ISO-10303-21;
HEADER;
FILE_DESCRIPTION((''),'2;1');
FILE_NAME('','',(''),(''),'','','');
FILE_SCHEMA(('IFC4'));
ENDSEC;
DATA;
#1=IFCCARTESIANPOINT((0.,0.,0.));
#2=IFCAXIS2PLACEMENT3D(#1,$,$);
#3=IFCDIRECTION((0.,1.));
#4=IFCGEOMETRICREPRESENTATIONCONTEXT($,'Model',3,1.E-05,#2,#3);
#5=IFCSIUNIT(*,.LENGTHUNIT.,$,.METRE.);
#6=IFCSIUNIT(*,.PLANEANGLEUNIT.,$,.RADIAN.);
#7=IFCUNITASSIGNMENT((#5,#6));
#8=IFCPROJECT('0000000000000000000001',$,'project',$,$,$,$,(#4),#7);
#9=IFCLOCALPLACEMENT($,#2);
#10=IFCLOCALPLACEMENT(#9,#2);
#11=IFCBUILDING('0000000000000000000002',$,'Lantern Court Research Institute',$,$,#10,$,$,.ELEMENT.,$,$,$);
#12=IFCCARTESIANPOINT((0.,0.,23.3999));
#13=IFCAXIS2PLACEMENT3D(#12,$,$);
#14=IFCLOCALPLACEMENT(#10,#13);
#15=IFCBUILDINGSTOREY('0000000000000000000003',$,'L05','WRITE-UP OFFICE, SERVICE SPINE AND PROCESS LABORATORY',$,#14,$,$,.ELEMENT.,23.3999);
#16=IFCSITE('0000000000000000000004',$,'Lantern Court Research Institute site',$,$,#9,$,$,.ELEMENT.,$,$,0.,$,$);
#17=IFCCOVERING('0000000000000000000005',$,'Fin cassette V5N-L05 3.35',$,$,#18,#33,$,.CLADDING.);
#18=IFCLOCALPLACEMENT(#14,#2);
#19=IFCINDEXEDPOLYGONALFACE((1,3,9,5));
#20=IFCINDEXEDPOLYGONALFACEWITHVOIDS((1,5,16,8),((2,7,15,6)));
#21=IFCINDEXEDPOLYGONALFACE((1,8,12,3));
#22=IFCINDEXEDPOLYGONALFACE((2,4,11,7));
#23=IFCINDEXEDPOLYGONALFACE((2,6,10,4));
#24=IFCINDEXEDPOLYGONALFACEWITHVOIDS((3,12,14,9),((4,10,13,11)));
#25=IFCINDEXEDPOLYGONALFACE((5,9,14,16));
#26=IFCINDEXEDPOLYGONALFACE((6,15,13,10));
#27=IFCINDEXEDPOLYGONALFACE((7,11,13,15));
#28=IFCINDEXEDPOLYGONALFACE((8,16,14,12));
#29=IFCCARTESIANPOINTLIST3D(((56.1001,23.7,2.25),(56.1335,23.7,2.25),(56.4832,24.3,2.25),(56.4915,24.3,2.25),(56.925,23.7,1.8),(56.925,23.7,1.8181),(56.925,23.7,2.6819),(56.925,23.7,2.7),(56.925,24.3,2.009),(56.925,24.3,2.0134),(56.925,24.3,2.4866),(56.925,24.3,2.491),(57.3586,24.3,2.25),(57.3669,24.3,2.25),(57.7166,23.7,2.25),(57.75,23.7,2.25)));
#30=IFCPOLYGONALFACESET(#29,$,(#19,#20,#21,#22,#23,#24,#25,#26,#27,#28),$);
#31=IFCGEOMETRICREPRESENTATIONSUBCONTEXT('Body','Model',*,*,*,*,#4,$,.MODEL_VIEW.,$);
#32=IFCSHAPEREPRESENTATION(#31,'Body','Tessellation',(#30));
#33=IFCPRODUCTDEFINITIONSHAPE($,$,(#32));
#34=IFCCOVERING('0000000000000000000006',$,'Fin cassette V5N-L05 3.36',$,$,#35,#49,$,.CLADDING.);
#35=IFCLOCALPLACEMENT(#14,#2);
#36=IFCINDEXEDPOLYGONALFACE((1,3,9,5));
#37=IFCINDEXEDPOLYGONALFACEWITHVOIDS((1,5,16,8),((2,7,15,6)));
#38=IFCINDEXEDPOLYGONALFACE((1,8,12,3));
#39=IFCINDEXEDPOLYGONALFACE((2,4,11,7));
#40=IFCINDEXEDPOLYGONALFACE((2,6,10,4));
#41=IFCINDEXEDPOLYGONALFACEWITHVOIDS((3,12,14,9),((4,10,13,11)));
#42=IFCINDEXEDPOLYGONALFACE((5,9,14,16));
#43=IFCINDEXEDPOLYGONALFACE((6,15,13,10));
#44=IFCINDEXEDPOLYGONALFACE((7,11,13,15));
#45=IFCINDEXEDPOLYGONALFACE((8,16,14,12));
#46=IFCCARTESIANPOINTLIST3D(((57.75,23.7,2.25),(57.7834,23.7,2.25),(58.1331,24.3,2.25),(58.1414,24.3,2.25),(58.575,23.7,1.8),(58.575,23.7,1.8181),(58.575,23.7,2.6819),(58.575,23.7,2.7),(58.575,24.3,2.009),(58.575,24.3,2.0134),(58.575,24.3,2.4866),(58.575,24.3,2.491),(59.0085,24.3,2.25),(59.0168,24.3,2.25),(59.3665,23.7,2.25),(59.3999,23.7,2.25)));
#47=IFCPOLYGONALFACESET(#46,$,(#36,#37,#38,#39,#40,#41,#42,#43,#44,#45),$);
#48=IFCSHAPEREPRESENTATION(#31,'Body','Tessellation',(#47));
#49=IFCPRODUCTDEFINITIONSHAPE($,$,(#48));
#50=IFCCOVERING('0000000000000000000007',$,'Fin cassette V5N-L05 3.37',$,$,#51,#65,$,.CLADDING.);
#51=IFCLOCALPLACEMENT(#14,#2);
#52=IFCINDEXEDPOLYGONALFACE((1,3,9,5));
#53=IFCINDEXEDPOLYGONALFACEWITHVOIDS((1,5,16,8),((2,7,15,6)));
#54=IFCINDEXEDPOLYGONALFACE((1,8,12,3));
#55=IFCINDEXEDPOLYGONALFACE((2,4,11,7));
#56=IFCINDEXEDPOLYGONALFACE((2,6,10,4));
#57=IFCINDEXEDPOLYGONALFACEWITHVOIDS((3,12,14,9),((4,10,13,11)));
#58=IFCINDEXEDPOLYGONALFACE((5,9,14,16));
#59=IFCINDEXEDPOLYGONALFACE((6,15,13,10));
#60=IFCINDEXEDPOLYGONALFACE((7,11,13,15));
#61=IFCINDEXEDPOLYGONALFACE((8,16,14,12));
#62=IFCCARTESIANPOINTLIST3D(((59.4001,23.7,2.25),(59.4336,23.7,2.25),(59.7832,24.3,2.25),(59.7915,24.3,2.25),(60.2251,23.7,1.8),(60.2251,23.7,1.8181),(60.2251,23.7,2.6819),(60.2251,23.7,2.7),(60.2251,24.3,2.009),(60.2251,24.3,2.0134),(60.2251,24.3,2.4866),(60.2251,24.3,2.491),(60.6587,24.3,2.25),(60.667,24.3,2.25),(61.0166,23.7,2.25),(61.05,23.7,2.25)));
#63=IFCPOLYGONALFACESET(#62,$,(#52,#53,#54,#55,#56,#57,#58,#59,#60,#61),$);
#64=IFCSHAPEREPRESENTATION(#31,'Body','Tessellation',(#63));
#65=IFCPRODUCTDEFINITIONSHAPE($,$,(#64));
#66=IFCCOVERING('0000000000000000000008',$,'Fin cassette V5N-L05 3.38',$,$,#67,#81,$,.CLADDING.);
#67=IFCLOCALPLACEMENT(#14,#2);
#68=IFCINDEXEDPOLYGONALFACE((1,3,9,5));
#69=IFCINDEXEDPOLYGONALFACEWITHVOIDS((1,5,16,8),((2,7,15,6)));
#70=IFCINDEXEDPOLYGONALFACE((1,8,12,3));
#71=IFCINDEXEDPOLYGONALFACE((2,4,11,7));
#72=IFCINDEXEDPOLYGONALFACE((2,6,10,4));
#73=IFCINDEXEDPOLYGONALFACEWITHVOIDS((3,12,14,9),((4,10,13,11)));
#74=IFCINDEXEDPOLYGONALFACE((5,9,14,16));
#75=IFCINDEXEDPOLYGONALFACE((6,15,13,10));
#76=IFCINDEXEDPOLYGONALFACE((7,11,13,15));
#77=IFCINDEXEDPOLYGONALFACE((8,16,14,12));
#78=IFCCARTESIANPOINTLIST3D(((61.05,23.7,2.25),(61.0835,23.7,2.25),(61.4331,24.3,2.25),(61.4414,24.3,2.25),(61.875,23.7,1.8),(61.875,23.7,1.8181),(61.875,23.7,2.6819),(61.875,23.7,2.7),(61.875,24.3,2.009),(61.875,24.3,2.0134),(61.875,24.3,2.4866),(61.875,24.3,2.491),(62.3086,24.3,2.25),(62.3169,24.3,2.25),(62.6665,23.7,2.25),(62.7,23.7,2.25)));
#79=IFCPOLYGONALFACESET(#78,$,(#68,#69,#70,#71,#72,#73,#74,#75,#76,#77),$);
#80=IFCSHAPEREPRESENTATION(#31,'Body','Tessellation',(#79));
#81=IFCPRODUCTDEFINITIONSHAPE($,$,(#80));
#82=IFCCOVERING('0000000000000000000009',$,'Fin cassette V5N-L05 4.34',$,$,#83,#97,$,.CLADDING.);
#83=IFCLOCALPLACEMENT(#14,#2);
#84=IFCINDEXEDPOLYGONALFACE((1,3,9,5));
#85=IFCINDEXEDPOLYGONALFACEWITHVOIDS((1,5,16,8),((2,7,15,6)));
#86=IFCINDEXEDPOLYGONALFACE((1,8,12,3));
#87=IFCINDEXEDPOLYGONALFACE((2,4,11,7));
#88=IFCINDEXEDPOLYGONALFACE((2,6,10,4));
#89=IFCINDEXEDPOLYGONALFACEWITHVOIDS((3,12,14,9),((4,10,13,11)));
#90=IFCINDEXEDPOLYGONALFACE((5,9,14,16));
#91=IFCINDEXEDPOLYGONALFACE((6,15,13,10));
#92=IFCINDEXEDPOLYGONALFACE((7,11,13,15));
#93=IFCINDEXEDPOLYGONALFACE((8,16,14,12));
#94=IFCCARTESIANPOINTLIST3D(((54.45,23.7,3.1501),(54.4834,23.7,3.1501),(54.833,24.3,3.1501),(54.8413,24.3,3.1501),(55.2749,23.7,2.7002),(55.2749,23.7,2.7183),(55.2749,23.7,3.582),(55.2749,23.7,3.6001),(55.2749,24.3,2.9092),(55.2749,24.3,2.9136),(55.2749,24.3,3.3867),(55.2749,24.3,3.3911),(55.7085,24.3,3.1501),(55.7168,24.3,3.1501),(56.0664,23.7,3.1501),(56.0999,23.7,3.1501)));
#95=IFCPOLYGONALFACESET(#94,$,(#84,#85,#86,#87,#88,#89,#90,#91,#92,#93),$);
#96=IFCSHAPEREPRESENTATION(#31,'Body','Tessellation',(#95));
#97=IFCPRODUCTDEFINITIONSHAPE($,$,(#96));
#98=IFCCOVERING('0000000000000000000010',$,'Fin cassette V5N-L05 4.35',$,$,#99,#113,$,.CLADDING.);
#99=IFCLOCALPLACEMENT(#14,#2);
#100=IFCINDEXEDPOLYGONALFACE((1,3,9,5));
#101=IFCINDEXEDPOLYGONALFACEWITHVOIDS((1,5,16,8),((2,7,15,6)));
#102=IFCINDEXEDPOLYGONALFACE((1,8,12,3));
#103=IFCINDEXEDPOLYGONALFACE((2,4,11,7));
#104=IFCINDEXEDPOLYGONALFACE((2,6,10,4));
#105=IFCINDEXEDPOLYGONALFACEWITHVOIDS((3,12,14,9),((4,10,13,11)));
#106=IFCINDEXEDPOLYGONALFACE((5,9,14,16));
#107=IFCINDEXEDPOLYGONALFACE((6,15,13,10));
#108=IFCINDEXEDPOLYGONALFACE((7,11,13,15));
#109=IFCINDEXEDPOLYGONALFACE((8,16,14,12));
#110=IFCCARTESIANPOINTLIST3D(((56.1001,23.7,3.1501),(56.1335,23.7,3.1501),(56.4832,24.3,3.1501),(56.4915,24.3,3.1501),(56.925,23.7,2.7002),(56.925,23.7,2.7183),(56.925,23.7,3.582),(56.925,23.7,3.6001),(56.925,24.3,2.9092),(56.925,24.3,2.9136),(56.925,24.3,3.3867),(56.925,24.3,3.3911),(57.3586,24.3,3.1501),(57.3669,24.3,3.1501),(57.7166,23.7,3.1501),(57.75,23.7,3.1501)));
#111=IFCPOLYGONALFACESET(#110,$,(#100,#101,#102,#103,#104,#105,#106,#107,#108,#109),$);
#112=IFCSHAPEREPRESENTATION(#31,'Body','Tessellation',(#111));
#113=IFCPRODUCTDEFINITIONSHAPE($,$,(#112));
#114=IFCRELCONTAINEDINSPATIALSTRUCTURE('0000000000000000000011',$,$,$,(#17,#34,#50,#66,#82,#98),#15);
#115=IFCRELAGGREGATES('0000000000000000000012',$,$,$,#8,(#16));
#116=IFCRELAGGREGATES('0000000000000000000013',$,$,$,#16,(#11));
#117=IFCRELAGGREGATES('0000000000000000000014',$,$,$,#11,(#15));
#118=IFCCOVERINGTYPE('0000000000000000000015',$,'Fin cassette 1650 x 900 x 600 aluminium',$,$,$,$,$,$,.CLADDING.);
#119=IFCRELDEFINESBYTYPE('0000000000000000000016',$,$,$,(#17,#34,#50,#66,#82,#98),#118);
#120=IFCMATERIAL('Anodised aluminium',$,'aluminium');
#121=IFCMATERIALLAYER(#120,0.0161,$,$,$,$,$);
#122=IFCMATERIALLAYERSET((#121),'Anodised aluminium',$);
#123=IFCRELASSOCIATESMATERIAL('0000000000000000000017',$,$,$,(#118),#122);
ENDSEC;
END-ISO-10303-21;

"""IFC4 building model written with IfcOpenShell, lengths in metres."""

from ifc_helpers import new_model, entity, si_unit, direction, frame, origin, place, context, subcontext, project, spatial, material, layer, layer_set, type_object, element, save


model = new_model("IFC4")

# Units and contexts
model_context = context("Model", 3, precision=1e-05, world=origin(), true_north=direction((0.0, 1.0)))
body_context = subcontext(model_context, "Body", "Model", "MODEL_VIEW")
ifc_project = project(units=[si_unit("LENGTHUNIT", "METRE"), si_unit("PLANEANGLEUNIT", "RADIAN")], contexts=[model_context])

# Site, building, storey
site_placement = place(None, origin())
site = spatial("IfcSite", under=ifc_project, at=site_placement, Name="Lantern Court Research Institute site", CompositionType="ELEMENT", RefElevation=0.0)
building_placement = place(site_placement, origin())
building = spatial("IfcBuilding", under=site, at=building_placement, Name="Lantern Court Research Institute", CompositionType="ELEMENT")
storey_placement = place(building_placement, frame((0.0, 0.0, 23.3999)))
storey = spatial("IfcBuildingStorey", under=building, at=storey_placement, Name="L05", Description="WRITE-UP OFFICE, SERVICE SPINE AND PROCESS LABORATORY", CompositionType="ELEMENT", Elevation=23.3999)

# Coverings
ifc_material = material(Name="Anodised aluminium", Category="aluminium")
ifc_layer = layer(ifc_material, 0.0161)
ifc_layer_set = layer_set([ifc_layer], Name="Anodised aluminium")
covering_type = type_object("IfcCoveringType", Name="Fin cassette 1650 x 900 x 600 aluminium", PredefinedType="CLADDING", material=ifc_layer_set)
covering_1_placement = place(storey_placement, frame((56.925, 23.7, 2.25), z_axis=(0.0, 1.0, 0.0), x_axis=(-1.0, 0.0, 0.0)))
cartesian_point_1 = entity("IfcCartesianPoint", [0.825, 0.0])
cartesian_point_2 = entity("IfcCartesianPoint", [0.7915, 0.0])
cartesian_point_3 = entity("IfcCartesianPoint", [0.4419, 0.0])
cartesian_point_4 = entity("IfcCartesianPoint", [0.4336, 0.0])
element("IfcCovering", 1, at=covering_1_placement, inside=storey, type_object=covering_type, Name="Fin cassette V5N-L05 3.35", PredefinedType="CLADDING", context=body_context, shape_type="SweptSolid", body=[
    entity("IfcExtrudedAreaSolidTapered", entity("IfcArbitraryProfileDefWithVoids", "AREA", None, entity("IfcPolyline", [cartesian_point_1, entity("IfcCartesianPoint", [0.0, 0.45]), entity("IfcCartesianPoint", [-0.825, 0.0]), entity("IfcCartesianPoint", [0.0, -0.45]), cartesian_point_1]), [entity("IfcPolyline", [cartesian_point_2, entity("IfcCartesianPoint", [0.0, 0.4319]), entity("IfcCartesianPoint", [-0.7915, 0.0]), entity("IfcCartesianPoint", [0.0, -0.4319]), cartesian_point_2])]), entity("IfcAxis2Placement3D", entity("IfcCartesianPoint", [0.0, 0.0, 0.0])), entity("IfcDirection", [0.0, 0.0, 1.0]), 0.6001, entity("IfcArbitraryProfileDefWithVoids", "AREA", None, entity("IfcPolyline", [cartesian_point_3, entity("IfcCartesianPoint", [0.0, 0.241]), entity("IfcCartesianPoint", [-0.4419, 0.0]), entity("IfcCartesianPoint", [0.0, -0.241]), cartesian_point_3]), [entity("IfcPolyline", [cartesian_point_4, entity("IfcCartesianPoint", [0.0, 0.2366]), entity("IfcCartesianPoint", [-0.4336, 0.0]), entity("IfcCartesianPoint", [0.0, -0.2366]), cartesian_point_4])])),
])
covering_2_placement = place(storey_placement, frame((58.575, 23.7, 2.25), z_axis=(0.0, 1.0, 0.0), x_axis=(-1.0, 0.0, 0.0)))
cartesian_point_5 = entity("IfcCartesianPoint", [0.825, 0.0])
cartesian_point_6 = entity("IfcCartesianPoint", [0.7915, 0.0])
cartesian_point_7 = entity("IfcCartesianPoint", [0.4419, 0.0])
cartesian_point_8 = entity("IfcCartesianPoint", [0.4336, 0.0])
element("IfcCovering", 2, at=covering_2_placement, inside=storey, type_object=covering_type, Name="Fin cassette V5N-L05 3.36", PredefinedType="CLADDING", context=body_context, shape_type="SweptSolid", body=[
    entity("IfcExtrudedAreaSolidTapered", entity("IfcArbitraryProfileDefWithVoids", "AREA", None, entity("IfcPolyline", [cartesian_point_5, entity("IfcCartesianPoint", [0.0, 0.45]), entity("IfcCartesianPoint", [-0.825, 0.0]), entity("IfcCartesianPoint", [0.0, -0.45]), cartesian_point_5]), [entity("IfcPolyline", [cartesian_point_6, entity("IfcCartesianPoint", [0.0, 0.4319]), entity("IfcCartesianPoint", [-0.7915, 0.0]), entity("IfcCartesianPoint", [0.0, -0.4319]), cartesian_point_6])]), entity("IfcAxis2Placement3D", entity("IfcCartesianPoint", [0.0, 0.0, 0.0])), entity("IfcDirection", [0.0, 0.0, 1.0]), 0.6001, entity("IfcArbitraryProfileDefWithVoids", "AREA", None, entity("IfcPolyline", [cartesian_point_7, entity("IfcCartesianPoint", [0.0, 0.241]), entity("IfcCartesianPoint", [-0.4419, 0.0]), entity("IfcCartesianPoint", [0.0, -0.241]), cartesian_point_7]), [entity("IfcPolyline", [cartesian_point_8, entity("IfcCartesianPoint", [0.0, 0.2366]), entity("IfcCartesianPoint", [-0.4336, 0.0]), entity("IfcCartesianPoint", [0.0, -0.2366]), cartesian_point_8])])),
])
covering_3_placement = place(storey_placement, frame((60.2251, 23.7, 2.25), z_axis=(0.0, 1.0, 0.0), x_axis=(-1.0, 0.0, 0.0)))
cartesian_point_9 = entity("IfcCartesianPoint", [0.825, 0.0])
cartesian_point_10 = entity("IfcCartesianPoint", [0.7915, 0.0])
cartesian_point_11 = entity("IfcCartesianPoint", [0.4419, 0.0])
cartesian_point_12 = entity("IfcCartesianPoint", [0.4336, 0.0])
element("IfcCovering", 3, at=covering_3_placement, inside=storey, type_object=covering_type, Name="Fin cassette V5N-L05 3.37", PredefinedType="CLADDING", context=body_context, shape_type="SweptSolid", body=[
    entity("IfcExtrudedAreaSolidTapered", entity("IfcArbitraryProfileDefWithVoids", "AREA", None, entity("IfcPolyline", [cartesian_point_9, entity("IfcCartesianPoint", [0.0, 0.45]), entity("IfcCartesianPoint", [-0.825, 0.0]), entity("IfcCartesianPoint", [0.0, -0.45]), cartesian_point_9]), [entity("IfcPolyline", [cartesian_point_10, entity("IfcCartesianPoint", [0.0, 0.4319]), entity("IfcCartesianPoint", [-0.7915, 0.0]), entity("IfcCartesianPoint", [0.0, -0.4319]), cartesian_point_10])]), entity("IfcAxis2Placement3D", entity("IfcCartesianPoint", [0.0, 0.0, 0.0])), entity("IfcDirection", [0.0, 0.0, 1.0]), 0.6001, entity("IfcArbitraryProfileDefWithVoids", "AREA", None, entity("IfcPolyline", [cartesian_point_11, entity("IfcCartesianPoint", [0.0, 0.241]), entity("IfcCartesianPoint", [-0.4419, 0.0]), entity("IfcCartesianPoint", [0.0, -0.241]), cartesian_point_11]), [entity("IfcPolyline", [cartesian_point_12, entity("IfcCartesianPoint", [0.0, 0.2366]), entity("IfcCartesianPoint", [-0.4336, 0.0]), entity("IfcCartesianPoint", [0.0, -0.2366]), cartesian_point_12])])),
])
covering_4_placement = place(storey_placement, frame((61.875, 23.7, 2.25), z_axis=(0.0, 1.0, 0.0), x_axis=(-1.0, 0.0, 0.0)))
cartesian_point_13 = entity("IfcCartesianPoint", [0.825, 0.0])
cartesian_point_14 = entity("IfcCartesianPoint", [0.7915, 0.0])
cartesian_point_15 = entity("IfcCartesianPoint", [0.4419, 0.0])
cartesian_point_16 = entity("IfcCartesianPoint", [0.4336, 0.0])
element("IfcCovering", 4, at=covering_4_placement, inside=storey, type_object=covering_type, Name="Fin cassette V5N-L05 3.38", PredefinedType="CLADDING", context=body_context, shape_type="SweptSolid", body=[
    entity("IfcExtrudedAreaSolidTapered", entity("IfcArbitraryProfileDefWithVoids", "AREA", None, entity("IfcPolyline", [cartesian_point_13, entity("IfcCartesianPoint", [0.0, 0.45]), entity("IfcCartesianPoint", [-0.825, 0.0]), entity("IfcCartesianPoint", [0.0, -0.45]), cartesian_point_13]), [entity("IfcPolyline", [cartesian_point_14, entity("IfcCartesianPoint", [0.0, 0.4319]), entity("IfcCartesianPoint", [-0.7915, 0.0]), entity("IfcCartesianPoint", [0.0, -0.4319]), cartesian_point_14])]), entity("IfcAxis2Placement3D", entity("IfcCartesianPoint", [0.0, 0.0, 0.0])), entity("IfcDirection", [0.0, 0.0, 1.0]), 0.6001, entity("IfcArbitraryProfileDefWithVoids", "AREA", None, entity("IfcPolyline", [cartesian_point_15, entity("IfcCartesianPoint", [0.0, 0.241]), entity("IfcCartesianPoint", [-0.4419, 0.0]), entity("IfcCartesianPoint", [0.0, -0.241]), cartesian_point_15]), [entity("IfcPolyline", [cartesian_point_16, entity("IfcCartesianPoint", [0.0, 0.2366]), entity("IfcCartesianPoint", [-0.4336, 0.0]), entity("IfcCartesianPoint", [0.0, -0.2366]), cartesian_point_16])])),
])
covering_5_placement = place(storey_placement, frame((55.2749, 23.7, 3.1501), z_axis=(0.0, 1.0, 0.0), x_axis=(-1.0, 0.0, 0.0)))
cartesian_point_17 = entity("IfcCartesianPoint", [0.825, 0.0])
cartesian_point_18 = entity("IfcCartesianPoint", [0.7915, 0.0])
cartesian_point_19 = entity("IfcCartesianPoint", [0.4419, 0.0])
cartesian_point_20 = entity("IfcCartesianPoint", [0.4336, 0.0])
element("IfcCovering", 5, at=covering_5_placement, inside=storey, type_object=covering_type, Name="Fin cassette V5N-L05 4.34", PredefinedType="CLADDING", context=body_context, shape_type="SweptSolid", body=[
    entity("IfcExtrudedAreaSolidTapered", entity("IfcArbitraryProfileDefWithVoids", "AREA", None, entity("IfcPolyline", [cartesian_point_17, entity("IfcCartesianPoint", [0.0, 0.45]), entity("IfcCartesianPoint", [-0.825, 0.0]), entity("IfcCartesianPoint", [0.0, -0.45]), cartesian_point_17]), [entity("IfcPolyline", [cartesian_point_18, entity("IfcCartesianPoint", [0.0, 0.4319]), entity("IfcCartesianPoint", [-0.7915, 0.0]), entity("IfcCartesianPoint", [0.0, -0.4319]), cartesian_point_18])]), entity("IfcAxis2Placement3D", entity("IfcCartesianPoint", [0.0, 0.0, 0.0])), entity("IfcDirection", [0.0, 0.0, 1.0]), 0.6001, entity("IfcArbitraryProfileDefWithVoids", "AREA", None, entity("IfcPolyline", [cartesian_point_19, entity("IfcCartesianPoint", [0.0, 0.241]), entity("IfcCartesianPoint", [-0.4419, 0.0]), entity("IfcCartesianPoint", [0.0, -0.241]), cartesian_point_19]), [entity("IfcPolyline", [cartesian_point_20, entity("IfcCartesianPoint", [0.0, 0.2366]), entity("IfcCartesianPoint", [-0.4336, 0.0]), entity("IfcCartesianPoint", [0.0, -0.2366]), cartesian_point_20])])),
])
covering_6_placement = place(storey_placement, frame((56.925, 23.7, 3.1501), z_axis=(0.0, 1.0, 0.0), x_axis=(-1.0, 0.0, 0.0)))
cartesian_point_21 = entity("IfcCartesianPoint", [0.825, 0.0])
cartesian_point_22 = entity("IfcCartesianPoint", [0.7915, 0.0])
cartesian_point_23 = entity("IfcCartesianPoint", [0.4419, 0.0])
cartesian_point_24 = entity("IfcCartesianPoint", [0.4336, 0.0])
element("IfcCovering", 6, at=covering_6_placement, inside=storey, type_object=covering_type, Name="Fin cassette V5N-L05 4.35", PredefinedType="CLADDING", context=body_context, shape_type="SweptSolid", body=[
    entity("IfcExtrudedAreaSolidTapered", entity("IfcArbitraryProfileDefWithVoids", "AREA", None, entity("IfcPolyline", [cartesian_point_21, entity("IfcCartesianPoint", [0.0, 0.45]), entity("IfcCartesianPoint", [-0.825, 0.0]), entity("IfcCartesianPoint", [0.0, -0.45]), cartesian_point_21]), [entity("IfcPolyline", [cartesian_point_22, entity("IfcCartesianPoint", [0.0, 0.4319]), entity("IfcCartesianPoint", [-0.7915, 0.0]), entity("IfcCartesianPoint", [0.0, -0.4319]), cartesian_point_22])]), entity("IfcAxis2Placement3D", entity("IfcCartesianPoint", [0.0, 0.0, 0.0])), entity("IfcDirection", [0.0, 0.0, 1.0]), 0.6001, entity("IfcArbitraryProfileDefWithVoids", "AREA", None, entity("IfcPolyline", [cartesian_point_23, entity("IfcCartesianPoint", [0.0, 0.241]), entity("IfcCartesianPoint", [-0.4419, 0.0]), entity("IfcCartesianPoint", [0.0, -0.241]), cartesian_point_23]), [entity("IfcPolyline", [cartesian_point_24, entity("IfcCartesianPoint", [0.0, 0.2366]), entity("IfcCartesianPoint", [-0.4336, 0.0]), entity("IfcCartesianPoint", [0.0, -0.2366]), cartesian_point_24])])),
])

save(model, "model.ifc")
